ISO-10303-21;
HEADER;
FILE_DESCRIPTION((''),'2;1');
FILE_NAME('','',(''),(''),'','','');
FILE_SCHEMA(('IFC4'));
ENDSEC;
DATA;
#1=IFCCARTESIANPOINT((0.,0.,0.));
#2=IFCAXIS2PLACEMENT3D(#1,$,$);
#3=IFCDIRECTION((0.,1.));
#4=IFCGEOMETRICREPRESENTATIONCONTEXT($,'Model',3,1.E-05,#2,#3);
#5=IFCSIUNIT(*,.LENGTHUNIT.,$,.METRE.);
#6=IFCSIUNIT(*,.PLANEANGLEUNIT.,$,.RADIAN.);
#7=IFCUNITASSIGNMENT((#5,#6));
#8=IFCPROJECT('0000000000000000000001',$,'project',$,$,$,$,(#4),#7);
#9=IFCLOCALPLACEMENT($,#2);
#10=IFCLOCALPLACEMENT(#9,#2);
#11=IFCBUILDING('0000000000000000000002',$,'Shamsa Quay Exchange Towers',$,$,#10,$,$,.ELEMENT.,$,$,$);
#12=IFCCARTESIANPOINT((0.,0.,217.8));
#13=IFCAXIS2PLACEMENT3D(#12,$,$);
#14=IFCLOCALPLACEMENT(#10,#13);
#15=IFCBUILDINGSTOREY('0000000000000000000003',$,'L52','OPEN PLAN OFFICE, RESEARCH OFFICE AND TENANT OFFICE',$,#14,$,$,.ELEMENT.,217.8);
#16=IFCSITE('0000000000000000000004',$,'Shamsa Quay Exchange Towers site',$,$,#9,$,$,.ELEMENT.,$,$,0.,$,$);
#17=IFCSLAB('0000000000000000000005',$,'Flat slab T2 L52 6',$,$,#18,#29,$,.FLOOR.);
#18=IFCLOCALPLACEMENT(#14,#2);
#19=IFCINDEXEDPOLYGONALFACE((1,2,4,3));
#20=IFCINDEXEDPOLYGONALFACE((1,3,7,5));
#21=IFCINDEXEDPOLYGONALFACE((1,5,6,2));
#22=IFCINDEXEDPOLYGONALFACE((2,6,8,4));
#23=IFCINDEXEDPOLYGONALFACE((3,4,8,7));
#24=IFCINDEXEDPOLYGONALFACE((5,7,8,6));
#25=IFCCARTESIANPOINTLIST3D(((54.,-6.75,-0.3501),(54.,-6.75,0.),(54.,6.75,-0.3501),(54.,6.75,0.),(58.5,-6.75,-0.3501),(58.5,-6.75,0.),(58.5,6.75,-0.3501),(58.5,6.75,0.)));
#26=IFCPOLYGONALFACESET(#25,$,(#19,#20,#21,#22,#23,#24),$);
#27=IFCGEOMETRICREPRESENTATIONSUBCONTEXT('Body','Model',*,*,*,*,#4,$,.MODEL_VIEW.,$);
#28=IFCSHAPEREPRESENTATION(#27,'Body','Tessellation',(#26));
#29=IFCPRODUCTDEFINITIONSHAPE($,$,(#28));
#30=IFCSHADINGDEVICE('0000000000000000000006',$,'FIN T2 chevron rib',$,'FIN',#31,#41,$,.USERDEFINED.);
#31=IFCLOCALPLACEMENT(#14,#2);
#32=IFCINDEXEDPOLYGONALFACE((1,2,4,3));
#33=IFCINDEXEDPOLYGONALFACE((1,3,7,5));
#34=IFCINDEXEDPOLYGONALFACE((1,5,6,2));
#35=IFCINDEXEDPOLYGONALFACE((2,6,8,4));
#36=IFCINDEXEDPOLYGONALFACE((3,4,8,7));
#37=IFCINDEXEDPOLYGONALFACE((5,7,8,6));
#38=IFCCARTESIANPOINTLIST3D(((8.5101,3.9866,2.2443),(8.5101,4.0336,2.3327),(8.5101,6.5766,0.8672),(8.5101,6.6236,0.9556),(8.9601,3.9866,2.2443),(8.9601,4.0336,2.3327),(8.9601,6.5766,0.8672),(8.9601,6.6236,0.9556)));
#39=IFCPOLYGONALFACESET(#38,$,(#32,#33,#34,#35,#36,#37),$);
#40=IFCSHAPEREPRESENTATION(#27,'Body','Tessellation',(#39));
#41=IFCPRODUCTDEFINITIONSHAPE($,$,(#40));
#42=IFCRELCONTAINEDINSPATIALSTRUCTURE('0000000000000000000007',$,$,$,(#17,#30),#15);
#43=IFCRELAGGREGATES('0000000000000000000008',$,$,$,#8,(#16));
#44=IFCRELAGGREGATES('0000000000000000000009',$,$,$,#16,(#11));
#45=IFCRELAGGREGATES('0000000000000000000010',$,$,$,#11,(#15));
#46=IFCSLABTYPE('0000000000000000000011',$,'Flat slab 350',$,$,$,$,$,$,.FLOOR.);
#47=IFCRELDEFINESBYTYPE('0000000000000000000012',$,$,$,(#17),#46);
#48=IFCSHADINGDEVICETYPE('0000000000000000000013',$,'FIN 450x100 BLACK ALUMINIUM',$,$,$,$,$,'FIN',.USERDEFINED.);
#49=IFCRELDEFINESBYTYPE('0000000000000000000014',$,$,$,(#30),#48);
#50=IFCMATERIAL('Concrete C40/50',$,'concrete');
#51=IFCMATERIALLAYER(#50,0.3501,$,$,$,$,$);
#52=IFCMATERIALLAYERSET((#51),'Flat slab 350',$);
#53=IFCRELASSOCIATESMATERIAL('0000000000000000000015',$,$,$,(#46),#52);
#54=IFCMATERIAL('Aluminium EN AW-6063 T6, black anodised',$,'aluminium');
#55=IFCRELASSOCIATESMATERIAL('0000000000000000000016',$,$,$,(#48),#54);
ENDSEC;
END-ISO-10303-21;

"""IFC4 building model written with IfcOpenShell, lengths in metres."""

from ifc_helpers import new_model, si_unit, direction, frame, origin, origin_2d, place, context, subcontext, project, spatial, polyline, rectangle, outline, extrude, material, layer, layer_set, material_profile, profile_set, type_object, element, save


model = new_model("IFC4")

# Units and contexts
model_context = context("Model", 3, precision=1e-05, world=origin(), true_north=direction((0.0, 1.0)))
body_context = subcontext(model_context, "Body", "Model", "MODEL_VIEW")
ifc_project = project(units=[si_unit("LENGTHUNIT", "METRE"), si_unit("PLANEANGLEUNIT", "RADIAN")], contexts=[model_context])

# Site, building, storey
site_placement = place(None, origin())
site = spatial("IfcSite", under=ifc_project, at=site_placement, Name="Shamsa Quay Exchange Towers site", CompositionType="ELEMENT", RefElevation=0.0)
building_placement = place(site_placement, origin())
building = spatial("IfcBuilding", under=site, at=building_placement, Name="Shamsa Quay Exchange Towers", CompositionType="ELEMENT")
storey_placement = place(building_placement, frame((0.0, 0.0, 217.8)))
storey = spatial("IfcBuildingStorey", under=building, at=storey_placement, Name="L52", Description="OPEN PLAN OFFICE, RESEARCH OFFICE AND TENANT OFFICE", CompositionType="ELEMENT", Elevation=217.8)

# Shared definitions
ifc_material_1 = material(Name="Concrete C40/50", Category="concrete")

# Slab
ifc_layer_1 = layer(ifc_material_1, 0.3501)
ifc_layer_set_1 = layer_set([ifc_layer_1], Name="Flat slab 350")
slab_type_1 = type_object("IfcSlabType", Name="Flat slab 350", PredefinedType="FLOOR", material=ifc_layer_set_1)
slab_1_placement = place(storey_placement, frame((0.0, 0.0, -0.3501)))
element("IfcSlab", 1, at=slab_1_placement, inside=storey, type_object=slab_type_1, Name="Flat slab T2 L52 6", PredefinedType="FLOOR", context=body_context, shape_type="SweptSolid", body=[
    extrude(outline(polyline([(58.5, 6.75), (54.0, 6.75), (54.0, -6.75), (58.5, -6.75), (58.5, 6.75)])), origin(), (0.0, 0.0, 1.0), 0.3501),
])

# Shading device
ifc_material_2 = material(Name="Aluminium EN AW-6063 T6, black anodised", Category="aluminium")
ifc_material_profile = material_profile(ifc_material_2, rectangle(XDim=0.45, YDim=0.1001, at=origin_2d()), Name="FIN450x100")
ifc_profile_set = profile_set([ifc_material_profile], Name="Aluminium EN AW-6063 T6, black anodised")
shading_device_type = type_object("IfcShadingDeviceType", Name="FIN 450x100 BLACK ALUMINIUM", ElementType="FIN", PredefinedType="USERDEFINED", material=ifc_profile_set)
shading_device_placement = place(storey_placement, frame((8.7351, 6.6001, 0.9114), z_axis=(0.0, -0.882944, 0.469478), x_axis=(1.0, 0.0, 0.0)))
element("IfcShadingDevice", 2, at=shading_device_placement, inside=storey, type_object=shading_device_type, Name="FIN T2 chevron rib", ObjectType="FIN", PredefinedType="USERDEFINED", context=body_context, shape_type="SweptSolid", body=[
    extrude(rectangle(XDim=0.45, YDim=0.1001, at=origin_2d()), origin(), (0.0, 0.0, 1.0), 2.9333),
])

save(model, "model.ifc")
